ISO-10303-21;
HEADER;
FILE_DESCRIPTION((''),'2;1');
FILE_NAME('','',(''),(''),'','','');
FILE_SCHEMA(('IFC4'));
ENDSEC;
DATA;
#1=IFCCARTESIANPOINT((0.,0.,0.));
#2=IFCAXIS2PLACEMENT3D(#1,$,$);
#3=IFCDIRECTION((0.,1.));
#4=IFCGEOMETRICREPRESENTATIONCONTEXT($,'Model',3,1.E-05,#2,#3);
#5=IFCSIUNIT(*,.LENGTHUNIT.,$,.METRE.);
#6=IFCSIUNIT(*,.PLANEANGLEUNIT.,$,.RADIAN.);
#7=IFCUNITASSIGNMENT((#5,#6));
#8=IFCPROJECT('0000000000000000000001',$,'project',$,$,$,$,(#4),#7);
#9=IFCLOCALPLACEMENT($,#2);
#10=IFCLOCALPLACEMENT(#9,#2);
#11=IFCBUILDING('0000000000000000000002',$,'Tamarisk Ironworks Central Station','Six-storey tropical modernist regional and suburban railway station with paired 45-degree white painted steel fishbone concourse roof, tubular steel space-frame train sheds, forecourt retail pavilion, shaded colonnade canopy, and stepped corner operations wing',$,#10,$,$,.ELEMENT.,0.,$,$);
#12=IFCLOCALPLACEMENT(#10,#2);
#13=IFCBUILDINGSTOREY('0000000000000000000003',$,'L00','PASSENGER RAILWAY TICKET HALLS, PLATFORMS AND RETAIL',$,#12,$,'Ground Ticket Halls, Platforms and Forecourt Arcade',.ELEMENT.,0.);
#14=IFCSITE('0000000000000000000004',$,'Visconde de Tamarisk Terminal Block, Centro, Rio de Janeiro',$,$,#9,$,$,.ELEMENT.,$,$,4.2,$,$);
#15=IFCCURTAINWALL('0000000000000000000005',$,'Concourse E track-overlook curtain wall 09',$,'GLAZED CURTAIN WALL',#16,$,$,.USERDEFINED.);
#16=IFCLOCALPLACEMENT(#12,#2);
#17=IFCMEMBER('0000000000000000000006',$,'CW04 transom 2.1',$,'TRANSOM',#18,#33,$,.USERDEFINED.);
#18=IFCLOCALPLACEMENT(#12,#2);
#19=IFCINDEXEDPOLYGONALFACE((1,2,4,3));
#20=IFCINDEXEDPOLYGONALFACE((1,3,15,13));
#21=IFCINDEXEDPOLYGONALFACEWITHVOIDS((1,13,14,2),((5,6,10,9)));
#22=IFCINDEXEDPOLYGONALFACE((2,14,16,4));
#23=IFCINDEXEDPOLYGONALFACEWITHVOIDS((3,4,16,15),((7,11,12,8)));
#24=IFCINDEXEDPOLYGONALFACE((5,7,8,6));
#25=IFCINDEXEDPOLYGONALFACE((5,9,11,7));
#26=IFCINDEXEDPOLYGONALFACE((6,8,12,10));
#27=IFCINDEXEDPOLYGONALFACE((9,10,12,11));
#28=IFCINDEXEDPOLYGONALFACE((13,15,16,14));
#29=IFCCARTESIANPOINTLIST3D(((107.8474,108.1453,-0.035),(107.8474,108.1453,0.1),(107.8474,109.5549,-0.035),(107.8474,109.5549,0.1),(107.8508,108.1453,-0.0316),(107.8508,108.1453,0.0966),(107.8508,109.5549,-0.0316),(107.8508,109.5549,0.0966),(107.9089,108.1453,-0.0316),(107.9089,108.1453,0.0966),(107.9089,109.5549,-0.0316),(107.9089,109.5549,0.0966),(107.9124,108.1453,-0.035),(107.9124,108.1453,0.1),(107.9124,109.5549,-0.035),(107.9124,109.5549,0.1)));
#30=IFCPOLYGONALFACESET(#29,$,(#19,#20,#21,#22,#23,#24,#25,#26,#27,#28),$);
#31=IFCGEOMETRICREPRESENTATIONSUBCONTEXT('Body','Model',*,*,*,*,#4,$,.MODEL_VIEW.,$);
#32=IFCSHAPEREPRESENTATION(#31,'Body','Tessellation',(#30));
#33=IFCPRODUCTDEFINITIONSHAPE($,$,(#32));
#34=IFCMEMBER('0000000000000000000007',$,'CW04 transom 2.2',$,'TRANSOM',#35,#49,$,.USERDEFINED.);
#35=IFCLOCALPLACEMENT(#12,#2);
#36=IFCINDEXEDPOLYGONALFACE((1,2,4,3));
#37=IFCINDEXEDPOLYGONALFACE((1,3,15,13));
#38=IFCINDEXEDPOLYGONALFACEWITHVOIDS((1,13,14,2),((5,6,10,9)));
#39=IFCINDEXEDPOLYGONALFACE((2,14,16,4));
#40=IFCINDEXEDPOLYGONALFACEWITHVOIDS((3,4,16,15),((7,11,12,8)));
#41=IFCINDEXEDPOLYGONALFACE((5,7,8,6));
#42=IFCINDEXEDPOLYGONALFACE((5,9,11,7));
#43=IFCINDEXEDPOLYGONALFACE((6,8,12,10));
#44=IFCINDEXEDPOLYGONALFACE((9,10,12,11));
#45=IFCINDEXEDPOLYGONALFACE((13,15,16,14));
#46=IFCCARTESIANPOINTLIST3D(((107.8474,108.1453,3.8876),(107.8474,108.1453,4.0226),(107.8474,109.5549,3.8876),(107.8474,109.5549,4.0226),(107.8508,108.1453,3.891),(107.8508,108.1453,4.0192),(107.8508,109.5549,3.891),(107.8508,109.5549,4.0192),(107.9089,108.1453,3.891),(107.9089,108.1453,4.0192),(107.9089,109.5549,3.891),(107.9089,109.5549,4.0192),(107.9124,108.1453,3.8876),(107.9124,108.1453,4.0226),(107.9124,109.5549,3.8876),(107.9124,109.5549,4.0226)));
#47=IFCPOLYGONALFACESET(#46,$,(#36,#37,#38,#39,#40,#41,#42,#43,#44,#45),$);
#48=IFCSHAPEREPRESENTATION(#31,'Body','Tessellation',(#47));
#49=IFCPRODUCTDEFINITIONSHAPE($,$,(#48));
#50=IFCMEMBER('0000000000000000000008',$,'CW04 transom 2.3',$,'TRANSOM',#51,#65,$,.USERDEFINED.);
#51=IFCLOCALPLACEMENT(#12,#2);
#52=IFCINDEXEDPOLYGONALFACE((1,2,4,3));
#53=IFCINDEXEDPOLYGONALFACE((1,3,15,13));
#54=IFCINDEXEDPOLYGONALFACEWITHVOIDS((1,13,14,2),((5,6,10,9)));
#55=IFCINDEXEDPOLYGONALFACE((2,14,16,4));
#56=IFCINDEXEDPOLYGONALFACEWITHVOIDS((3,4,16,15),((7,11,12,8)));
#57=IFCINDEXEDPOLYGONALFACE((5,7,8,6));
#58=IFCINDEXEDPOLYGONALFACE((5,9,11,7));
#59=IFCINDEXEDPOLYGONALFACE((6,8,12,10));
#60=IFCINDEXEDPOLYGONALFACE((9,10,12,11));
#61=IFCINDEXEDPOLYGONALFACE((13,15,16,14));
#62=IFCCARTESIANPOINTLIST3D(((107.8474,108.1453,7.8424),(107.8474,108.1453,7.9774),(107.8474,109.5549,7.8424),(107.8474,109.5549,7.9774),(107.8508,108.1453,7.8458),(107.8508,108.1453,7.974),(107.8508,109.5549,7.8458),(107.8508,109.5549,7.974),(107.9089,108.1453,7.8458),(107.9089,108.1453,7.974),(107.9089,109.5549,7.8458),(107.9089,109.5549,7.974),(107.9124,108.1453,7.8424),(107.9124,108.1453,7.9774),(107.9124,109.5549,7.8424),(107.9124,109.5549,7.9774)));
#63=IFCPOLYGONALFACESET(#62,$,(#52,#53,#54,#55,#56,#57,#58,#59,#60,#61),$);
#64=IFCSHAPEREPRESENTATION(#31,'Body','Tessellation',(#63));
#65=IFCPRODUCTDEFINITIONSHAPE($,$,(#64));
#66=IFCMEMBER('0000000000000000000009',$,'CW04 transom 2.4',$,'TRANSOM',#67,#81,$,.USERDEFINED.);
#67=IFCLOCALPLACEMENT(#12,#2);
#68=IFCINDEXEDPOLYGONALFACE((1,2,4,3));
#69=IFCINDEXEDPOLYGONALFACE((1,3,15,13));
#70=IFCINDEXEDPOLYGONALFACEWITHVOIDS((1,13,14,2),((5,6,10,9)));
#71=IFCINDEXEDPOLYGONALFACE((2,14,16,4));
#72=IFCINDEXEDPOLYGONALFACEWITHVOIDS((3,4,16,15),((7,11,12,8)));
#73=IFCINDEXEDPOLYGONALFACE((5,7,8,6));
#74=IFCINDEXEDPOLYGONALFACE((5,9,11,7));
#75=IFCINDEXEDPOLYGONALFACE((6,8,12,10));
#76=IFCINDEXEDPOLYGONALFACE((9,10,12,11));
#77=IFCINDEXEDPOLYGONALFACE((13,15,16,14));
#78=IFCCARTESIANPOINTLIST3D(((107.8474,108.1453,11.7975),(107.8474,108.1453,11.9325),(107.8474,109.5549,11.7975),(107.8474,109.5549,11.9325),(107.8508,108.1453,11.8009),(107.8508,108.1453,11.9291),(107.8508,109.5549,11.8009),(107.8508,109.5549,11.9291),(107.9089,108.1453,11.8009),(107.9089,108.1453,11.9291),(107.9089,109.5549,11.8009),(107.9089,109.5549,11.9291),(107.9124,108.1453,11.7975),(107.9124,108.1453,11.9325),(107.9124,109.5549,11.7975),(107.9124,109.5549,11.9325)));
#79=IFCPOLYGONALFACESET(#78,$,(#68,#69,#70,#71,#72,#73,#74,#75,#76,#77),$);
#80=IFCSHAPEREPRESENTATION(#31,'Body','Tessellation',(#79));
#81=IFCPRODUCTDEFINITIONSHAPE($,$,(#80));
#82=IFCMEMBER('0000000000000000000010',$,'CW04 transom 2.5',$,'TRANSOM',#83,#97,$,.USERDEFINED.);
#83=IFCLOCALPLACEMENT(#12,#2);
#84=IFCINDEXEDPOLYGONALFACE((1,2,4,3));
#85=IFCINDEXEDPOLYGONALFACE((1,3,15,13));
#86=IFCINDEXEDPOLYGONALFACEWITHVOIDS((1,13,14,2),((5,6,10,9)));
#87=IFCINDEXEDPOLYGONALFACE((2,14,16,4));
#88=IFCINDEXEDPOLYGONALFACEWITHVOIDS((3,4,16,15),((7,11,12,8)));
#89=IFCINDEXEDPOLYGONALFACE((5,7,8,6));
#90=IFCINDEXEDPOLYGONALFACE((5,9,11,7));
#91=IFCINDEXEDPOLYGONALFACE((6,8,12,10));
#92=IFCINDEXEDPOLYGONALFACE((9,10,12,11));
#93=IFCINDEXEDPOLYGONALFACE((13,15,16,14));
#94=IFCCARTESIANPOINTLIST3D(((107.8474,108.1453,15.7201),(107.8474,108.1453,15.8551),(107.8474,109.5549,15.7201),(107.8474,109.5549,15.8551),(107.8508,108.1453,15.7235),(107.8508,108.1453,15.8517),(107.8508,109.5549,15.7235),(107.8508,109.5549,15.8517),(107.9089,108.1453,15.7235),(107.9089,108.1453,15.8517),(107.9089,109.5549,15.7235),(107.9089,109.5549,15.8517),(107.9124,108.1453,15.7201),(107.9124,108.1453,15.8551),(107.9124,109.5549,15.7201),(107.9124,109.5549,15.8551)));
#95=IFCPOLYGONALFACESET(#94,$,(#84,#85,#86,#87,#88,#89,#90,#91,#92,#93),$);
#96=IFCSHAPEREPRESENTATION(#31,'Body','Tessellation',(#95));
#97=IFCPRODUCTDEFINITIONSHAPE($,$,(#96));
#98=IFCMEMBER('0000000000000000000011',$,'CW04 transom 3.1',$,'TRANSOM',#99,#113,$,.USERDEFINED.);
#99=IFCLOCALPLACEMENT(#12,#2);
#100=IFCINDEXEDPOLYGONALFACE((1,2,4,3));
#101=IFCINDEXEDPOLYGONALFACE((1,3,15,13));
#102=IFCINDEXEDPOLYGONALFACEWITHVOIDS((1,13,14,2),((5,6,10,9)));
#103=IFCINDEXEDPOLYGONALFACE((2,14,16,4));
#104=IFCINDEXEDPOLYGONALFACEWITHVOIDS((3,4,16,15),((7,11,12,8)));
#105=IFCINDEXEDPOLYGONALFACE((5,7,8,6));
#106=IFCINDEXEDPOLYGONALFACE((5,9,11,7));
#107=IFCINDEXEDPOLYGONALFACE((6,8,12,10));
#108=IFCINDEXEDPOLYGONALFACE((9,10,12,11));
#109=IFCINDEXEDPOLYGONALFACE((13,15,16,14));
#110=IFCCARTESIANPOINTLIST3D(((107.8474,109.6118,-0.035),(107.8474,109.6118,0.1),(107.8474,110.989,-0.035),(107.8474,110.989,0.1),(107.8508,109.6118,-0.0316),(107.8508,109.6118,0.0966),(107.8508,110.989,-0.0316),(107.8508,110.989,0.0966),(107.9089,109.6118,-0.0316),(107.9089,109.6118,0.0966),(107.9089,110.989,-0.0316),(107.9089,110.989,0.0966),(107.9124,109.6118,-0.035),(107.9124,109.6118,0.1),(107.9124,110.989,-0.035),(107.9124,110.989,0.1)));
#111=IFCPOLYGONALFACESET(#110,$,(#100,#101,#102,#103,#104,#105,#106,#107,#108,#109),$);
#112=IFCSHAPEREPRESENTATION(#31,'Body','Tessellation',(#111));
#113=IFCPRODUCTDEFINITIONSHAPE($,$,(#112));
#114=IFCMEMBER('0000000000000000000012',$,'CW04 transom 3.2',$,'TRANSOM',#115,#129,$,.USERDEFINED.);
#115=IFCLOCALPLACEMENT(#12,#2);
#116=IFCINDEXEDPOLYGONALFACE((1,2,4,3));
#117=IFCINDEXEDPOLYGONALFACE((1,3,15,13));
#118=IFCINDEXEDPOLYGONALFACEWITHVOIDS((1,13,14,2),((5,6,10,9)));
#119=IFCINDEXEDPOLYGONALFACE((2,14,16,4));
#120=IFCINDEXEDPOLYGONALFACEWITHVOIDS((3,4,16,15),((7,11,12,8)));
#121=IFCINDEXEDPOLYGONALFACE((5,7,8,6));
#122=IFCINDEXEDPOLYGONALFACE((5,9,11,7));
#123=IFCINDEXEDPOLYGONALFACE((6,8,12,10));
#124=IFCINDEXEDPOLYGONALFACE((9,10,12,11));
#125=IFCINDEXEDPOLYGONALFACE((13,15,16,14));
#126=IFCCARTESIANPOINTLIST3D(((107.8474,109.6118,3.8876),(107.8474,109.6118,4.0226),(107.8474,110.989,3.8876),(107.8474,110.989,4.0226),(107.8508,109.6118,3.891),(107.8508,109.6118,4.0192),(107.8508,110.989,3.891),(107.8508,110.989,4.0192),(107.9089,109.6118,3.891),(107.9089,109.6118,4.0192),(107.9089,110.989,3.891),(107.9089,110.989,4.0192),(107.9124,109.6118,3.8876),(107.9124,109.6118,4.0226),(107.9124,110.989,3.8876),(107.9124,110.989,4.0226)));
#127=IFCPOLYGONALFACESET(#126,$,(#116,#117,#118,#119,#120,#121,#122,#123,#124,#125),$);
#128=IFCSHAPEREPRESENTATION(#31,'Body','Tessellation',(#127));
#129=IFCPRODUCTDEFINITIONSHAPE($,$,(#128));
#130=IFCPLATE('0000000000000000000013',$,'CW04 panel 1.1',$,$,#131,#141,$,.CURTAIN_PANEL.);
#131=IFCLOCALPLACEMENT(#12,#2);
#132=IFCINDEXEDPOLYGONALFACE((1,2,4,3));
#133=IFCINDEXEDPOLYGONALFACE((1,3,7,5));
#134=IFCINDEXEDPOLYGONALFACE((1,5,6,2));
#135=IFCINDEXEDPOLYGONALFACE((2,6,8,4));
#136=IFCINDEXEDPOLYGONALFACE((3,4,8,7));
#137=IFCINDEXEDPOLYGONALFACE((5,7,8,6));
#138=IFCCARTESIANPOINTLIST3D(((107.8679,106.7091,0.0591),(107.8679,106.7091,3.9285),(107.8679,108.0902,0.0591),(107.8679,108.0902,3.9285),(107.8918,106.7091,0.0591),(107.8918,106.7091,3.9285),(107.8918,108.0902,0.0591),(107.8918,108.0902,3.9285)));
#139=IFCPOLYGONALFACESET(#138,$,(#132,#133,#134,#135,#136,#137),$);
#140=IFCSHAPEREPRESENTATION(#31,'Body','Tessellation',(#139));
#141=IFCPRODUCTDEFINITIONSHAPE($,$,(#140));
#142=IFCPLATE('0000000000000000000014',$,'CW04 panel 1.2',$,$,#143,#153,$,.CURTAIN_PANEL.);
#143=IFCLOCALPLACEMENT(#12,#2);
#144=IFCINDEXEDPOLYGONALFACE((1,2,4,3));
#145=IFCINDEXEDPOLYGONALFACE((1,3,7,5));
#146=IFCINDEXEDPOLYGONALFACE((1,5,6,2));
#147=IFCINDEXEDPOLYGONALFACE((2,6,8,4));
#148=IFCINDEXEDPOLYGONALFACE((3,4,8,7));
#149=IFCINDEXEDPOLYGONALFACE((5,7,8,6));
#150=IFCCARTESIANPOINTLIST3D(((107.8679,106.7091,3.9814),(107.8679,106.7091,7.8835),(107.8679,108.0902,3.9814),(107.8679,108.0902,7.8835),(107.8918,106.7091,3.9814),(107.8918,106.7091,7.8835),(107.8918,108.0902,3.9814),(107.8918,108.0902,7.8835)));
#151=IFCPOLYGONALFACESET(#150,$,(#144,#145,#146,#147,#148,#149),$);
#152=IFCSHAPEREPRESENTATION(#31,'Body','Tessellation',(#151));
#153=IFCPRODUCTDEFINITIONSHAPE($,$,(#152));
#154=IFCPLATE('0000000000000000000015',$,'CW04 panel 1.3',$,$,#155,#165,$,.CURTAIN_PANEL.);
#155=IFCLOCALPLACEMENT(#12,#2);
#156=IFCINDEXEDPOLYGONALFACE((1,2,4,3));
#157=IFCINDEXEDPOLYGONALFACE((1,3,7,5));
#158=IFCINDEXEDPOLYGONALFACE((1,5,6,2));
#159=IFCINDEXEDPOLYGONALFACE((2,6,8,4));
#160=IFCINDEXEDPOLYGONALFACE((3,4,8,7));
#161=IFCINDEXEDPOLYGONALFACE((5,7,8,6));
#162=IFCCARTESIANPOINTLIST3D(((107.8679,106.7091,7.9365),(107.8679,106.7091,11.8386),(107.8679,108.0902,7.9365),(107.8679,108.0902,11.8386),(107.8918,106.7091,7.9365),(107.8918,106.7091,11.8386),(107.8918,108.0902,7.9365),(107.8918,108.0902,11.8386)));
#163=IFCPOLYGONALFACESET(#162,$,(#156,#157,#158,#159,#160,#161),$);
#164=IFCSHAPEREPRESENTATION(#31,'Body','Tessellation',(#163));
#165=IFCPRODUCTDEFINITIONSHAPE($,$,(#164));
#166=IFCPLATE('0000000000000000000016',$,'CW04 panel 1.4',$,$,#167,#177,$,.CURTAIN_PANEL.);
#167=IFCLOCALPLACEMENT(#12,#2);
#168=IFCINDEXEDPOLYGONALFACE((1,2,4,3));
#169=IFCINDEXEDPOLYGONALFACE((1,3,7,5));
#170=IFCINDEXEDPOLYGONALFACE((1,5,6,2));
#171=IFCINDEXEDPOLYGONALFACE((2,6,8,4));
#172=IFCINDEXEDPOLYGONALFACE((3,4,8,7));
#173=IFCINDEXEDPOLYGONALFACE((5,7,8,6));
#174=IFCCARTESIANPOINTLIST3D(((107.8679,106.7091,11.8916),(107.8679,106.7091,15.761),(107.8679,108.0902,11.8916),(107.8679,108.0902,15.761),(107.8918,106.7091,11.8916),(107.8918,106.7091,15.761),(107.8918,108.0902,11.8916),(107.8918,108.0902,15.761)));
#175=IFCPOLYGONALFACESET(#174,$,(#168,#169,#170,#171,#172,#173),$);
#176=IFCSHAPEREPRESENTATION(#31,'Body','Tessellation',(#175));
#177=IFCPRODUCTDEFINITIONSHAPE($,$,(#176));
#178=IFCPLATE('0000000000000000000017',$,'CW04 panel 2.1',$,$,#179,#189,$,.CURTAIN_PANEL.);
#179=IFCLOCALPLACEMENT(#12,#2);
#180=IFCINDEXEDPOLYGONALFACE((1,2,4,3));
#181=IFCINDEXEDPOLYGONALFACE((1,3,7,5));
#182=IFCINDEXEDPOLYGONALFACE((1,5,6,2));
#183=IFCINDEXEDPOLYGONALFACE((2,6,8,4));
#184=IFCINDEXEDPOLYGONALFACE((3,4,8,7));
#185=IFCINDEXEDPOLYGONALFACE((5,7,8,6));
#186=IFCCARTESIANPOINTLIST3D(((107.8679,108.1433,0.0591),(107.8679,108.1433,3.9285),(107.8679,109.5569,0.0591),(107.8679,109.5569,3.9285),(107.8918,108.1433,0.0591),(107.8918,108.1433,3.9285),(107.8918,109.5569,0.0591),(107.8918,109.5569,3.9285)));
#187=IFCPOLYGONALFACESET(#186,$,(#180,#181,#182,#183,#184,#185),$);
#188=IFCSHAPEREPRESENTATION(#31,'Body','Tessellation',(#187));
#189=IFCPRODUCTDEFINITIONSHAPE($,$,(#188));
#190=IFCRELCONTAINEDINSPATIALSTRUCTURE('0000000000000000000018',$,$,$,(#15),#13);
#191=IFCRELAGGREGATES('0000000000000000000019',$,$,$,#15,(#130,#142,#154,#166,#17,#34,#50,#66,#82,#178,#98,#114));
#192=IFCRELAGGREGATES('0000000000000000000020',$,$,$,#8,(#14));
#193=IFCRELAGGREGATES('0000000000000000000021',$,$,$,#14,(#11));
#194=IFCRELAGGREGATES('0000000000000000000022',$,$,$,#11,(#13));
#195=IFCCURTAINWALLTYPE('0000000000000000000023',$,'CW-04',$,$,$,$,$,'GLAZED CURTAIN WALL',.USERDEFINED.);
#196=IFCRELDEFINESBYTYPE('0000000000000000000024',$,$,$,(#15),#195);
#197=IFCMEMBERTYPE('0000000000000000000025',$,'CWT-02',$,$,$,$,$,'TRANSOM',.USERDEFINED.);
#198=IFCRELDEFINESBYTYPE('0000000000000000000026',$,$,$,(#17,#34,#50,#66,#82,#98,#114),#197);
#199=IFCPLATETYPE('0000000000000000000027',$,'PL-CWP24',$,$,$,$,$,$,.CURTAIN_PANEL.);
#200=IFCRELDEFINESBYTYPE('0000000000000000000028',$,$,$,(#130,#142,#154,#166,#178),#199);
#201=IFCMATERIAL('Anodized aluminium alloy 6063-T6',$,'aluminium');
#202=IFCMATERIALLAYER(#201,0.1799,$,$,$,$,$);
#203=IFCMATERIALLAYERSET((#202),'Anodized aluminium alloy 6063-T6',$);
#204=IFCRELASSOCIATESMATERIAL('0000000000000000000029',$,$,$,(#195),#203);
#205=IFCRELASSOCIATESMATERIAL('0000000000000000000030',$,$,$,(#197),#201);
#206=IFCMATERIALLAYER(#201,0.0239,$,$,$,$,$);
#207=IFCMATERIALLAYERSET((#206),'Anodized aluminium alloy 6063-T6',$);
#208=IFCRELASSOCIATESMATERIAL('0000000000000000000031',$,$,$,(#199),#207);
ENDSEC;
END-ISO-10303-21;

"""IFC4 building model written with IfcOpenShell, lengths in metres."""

from ifc_helpers import new_model, si_unit, direction, frame, origin, origin_2d, place, context, subcontext, project, spatial, rectangle, hollow_rectangle, extrude, material, layer, layer_set, material_profile, profile_set, type_object, element, aggregate, save


model = new_model("IFC4")

# Units and contexts
model_context = context("Model", 3, precision=1e-05, world=origin(), true_north=direction((0.0, 1.0)))
body_context = subcontext(model_context, "Body", "Model", "MODEL_VIEW")
ifc_project = project(units=[si_unit("LENGTHUNIT", "METRE"), si_unit("PLANEANGLEUNIT", "RADIAN")], contexts=[model_context])

# Site, building, storey
site_placement = place(None, origin())
site = spatial("IfcSite", under=ifc_project, at=site_placement, Name="Visconde de Tamarisk Terminal Block, Centro, Rio de Janeiro", CompositionType="ELEMENT", RefElevation=4.2)
building_placement = place(site_placement, origin())
building = spatial("IfcBuilding", under=site, at=building_placement, Name="Tamarisk Ironworks Central Station", Description="Six-storey tropical modernist regional and suburban railway station with paired 45-degree white painted steel fishbone concourse roof, tubular steel space-frame train sheds, forecourt retail pavilion, shaded colonnade canopy, and stepped corner operations wing", CompositionType="ELEMENT", ElevationOfRefHeight=0.0)
storey_placement = place(building_placement, origin())
storey = spatial("IfcBuildingStorey", under=building, at=storey_placement, Name="L00", Description="PASSENGER RAILWAY TICKET HALLS, PLATFORMS AND RETAIL", LongName="Ground Ticket Halls, Platforms and Forecourt Arcade", CompositionType="ELEMENT", Elevation=0.0)

# Curtain wall, members, plates
ifc_material_1 = material(Name="Anodized aluminium alloy 6063-T6", Category="aluminium")
ifc_layer_1 = layer(ifc_material_1, 0.1799)
ifc_layer_set_1 = layer_set([ifc_layer_1], Name="Anodized aluminium alloy 6063-T6")
curtain_wall_type = type_object("IfcCurtainWallType", Name="CW-04", ElementType="GLAZED CURTAIN WALL", PredefinedType="USERDEFINED", material=ifc_layer_set_1)
curtain_wall_placement = place(storey_placement, origin())
curtain_wall = element("IfcCurtainWall", 1, at=curtain_wall_placement, inside=storey, type_object=curtain_wall_type, Name="Concourse E track-overlook curtain wall 09", ObjectType="GLAZED CURTAIN WALL", PredefinedType="USERDEFINED")
ifc_material_profile_1 = material_profile(ifc_material_1, hollow_rectangle(XDim=0.0649, YDim=0.135, WallThickness=0.0034, at=origin_2d()), Name="ALUM 135x65")
ifc_profile_set_1 = profile_set([ifc_material_profile_1], Name="Anodized aluminium alloy 6063-T6")
member_type_1 = type_object("IfcMemberType", Name="CWT-02", ElementType="TRANSOM", PredefinedType="USERDEFINED", material=ifc_profile_set_1)
member_1_placement = place(storey_placement, frame((107.8799, 108.1453, 0.0325), z_axis=(0.0, 1.0, 0.0), x_axis=(-1.0, 0.0, 0.0)))
member_1 = element("IfcMember", 2, at=member_1_placement, type_object=member_type_1, Name="CW04 transom 2.1", ObjectType="TRANSOM", PredefinedType="USERDEFINED", context=body_context, shape_type="SweptSolid", body=[
    extrude(hollow_rectangle(XDim=0.0649, YDim=0.135, WallThickness=0.0034, at=origin_2d()), origin(), (0.0, 0.0, 1.0), 1.4097),
])
member_2_placement = place(storey_placement, frame((107.8799, 108.1453, 3.9551), z_axis=(0.0, 1.0, 0.0), x_axis=(-1.0, 0.0, 0.0)))
member_2 = element("IfcMember", 3, at=member_2_placement, type_object=member_type_1, Name="CW04 transom 2.2", ObjectType="TRANSOM", PredefinedType="USERDEFINED", context=body_context, shape_type="SweptSolid", body=[
    extrude(hollow_rectangle(XDim=0.0649, YDim=0.135, WallThickness=0.0034, at=origin_2d()), origin(), (0.0, 0.0, 1.0), 1.4097),
])
member_3_placement = place(storey_placement, frame((107.8799, 108.1453, 7.9099), z_axis=(0.0, 1.0, 0.0), x_axis=(-1.0, 0.0, 0.0)))
member_3 = element("IfcMember", 4, at=member_3_placement, type_object=member_type_1, Name="CW04 transom 2.3", ObjectType="TRANSOM", PredefinedType="USERDEFINED", context=body_context, shape_type="SweptSolid", body=[
    extrude(hollow_rectangle(XDim=0.0649, YDim=0.135, WallThickness=0.0034, at=origin_2d()), origin(), (0.0, 0.0, 1.0), 1.4097),
])
member_4_placement = place(storey_placement, frame((107.8799, 108.1453, 11.865), z_axis=(0.0, 1.0, 0.0), x_axis=(-1.0, 0.0, 0.0)))
member_4 = element("IfcMember", 5, at=member_4_placement, type_object=member_type_1, Name="CW04 transom 2.4", ObjectType="TRANSOM", PredefinedType="USERDEFINED", context=body_context, shape_type="SweptSolid", body=[
    extrude(hollow_rectangle(XDim=0.0649, YDim=0.135, WallThickness=0.0034, at=origin_2d()), origin(), (0.0, 0.0, 1.0), 1.4097),
])
member_5_placement = place(storey_placement, frame((107.8799, 108.1453, 15.7876), z_axis=(0.0, 1.0, 0.0), x_axis=(-1.0, 0.0, 0.0)))
member_5 = element("IfcMember", 6, at=member_5_placement, type_object=member_type_1, Name="CW04 transom 2.5", ObjectType="TRANSOM", PredefinedType="USERDEFINED", context=body_context, shape_type="SweptSolid", body=[
    extrude(hollow_rectangle(XDim=0.0649, YDim=0.135, WallThickness=0.0034, at=origin_2d()), origin(), (0.0, 0.0, 1.0), 1.4097),
])
member_6_placement = place(storey_placement, frame((107.8799, 109.6118, 0.0325), z_axis=(0.0, 1.0, 0.0), x_axis=(-1.0, 0.0, 0.0)))
member_6 = element("IfcMember", 7, at=member_6_placement, type_object=member_type_1, Name="CW04 transom 3.1", ObjectType="TRANSOM", PredefinedType="USERDEFINED", context=body_context, shape_type="SweptSolid", body=[
    extrude(hollow_rectangle(XDim=0.0649, YDim=0.135, WallThickness=0.0034, at=origin_2d()), origin(), (0.0, 0.0, 1.0), 1.3772),
])
member_7_placement = place(storey_placement, frame((107.8799, 109.6118, 3.9551), z_axis=(0.0, 1.0, 0.0), x_axis=(-1.0, 0.0, 0.0)))
member_7 = element("IfcMember", 8, at=member_7_placement, type_object=member_type_1, Name="CW04 transom 3.2", ObjectType="TRANSOM", PredefinedType="USERDEFINED", context=body_context, shape_type="SweptSolid", body=[
    extrude(hollow_rectangle(XDim=0.0649, YDim=0.135, WallThickness=0.0034, at=origin_2d()), origin(), (0.0, 0.0, 1.0), 1.3772),
])
ifc_layer_2 = layer(ifc_material_1, 0.0239)
ifc_layer_set_2 = layer_set([ifc_layer_2], Name="Anodized aluminium alloy 6063-T6")
plate_type = type_object("IfcPlateType", Name="PL-CWP24", PredefinedType="CURTAIN_PANEL", material=ifc_layer_set_2)
plate_1_placement = place(storey_placement, frame((107.8799, 107.3997, 0.0591), z_axis=(0.0, 0.0, 1.0), x_axis=(0.0, 1.0, 0.0)))
plate_1 = element("IfcPlate", 9, at=plate_1_placement, type_object=plate_type, Name="CW04 panel 1.1", PredefinedType="CURTAIN_PANEL", context=body_context, shape_type="SweptSolid", body=[
    extrude(rectangle(XDim=1.3811, YDim=0.0239, at=origin_2d()), origin(), (0.0, 0.0, 1.0), 3.8694),
])
plate_2_placement = place(storey_placement, frame((107.8799, 107.3997, 3.9814), z_axis=(0.0, 0.0, 1.0), x_axis=(0.0, 1.0, 0.0)))
plate_2 = element("IfcPlate", 10, at=plate_2_placement, type_object=plate_type, Name="CW04 panel 1.2", PredefinedType="CURTAIN_PANEL", context=body_context, shape_type="SweptSolid", body=[
    extrude(rectangle(XDim=1.3811, YDim=0.0239, at=origin_2d()), origin(), (0.0, 0.0, 1.0), 3.9021),
])
plate_3_placement = place(storey_placement, frame((107.8799, 107.3997, 7.9365), z_axis=(0.0, 0.0, 1.0), x_axis=(0.0, 1.0, 0.0)))
plate_3 = element("IfcPlate", 11, at=plate_3_placement, type_object=plate_type, Name="CW04 panel 1.3", PredefinedType="CURTAIN_PANEL", context=body_context, shape_type="SweptSolid", body=[
    extrude(rectangle(XDim=1.3811, YDim=0.0239, at=origin_2d()), origin(), (0.0, 0.0, 1.0), 3.9021),
])
plate_4_placement = place(storey_placement, frame((107.8799, 107.3997, 11.8916), z_axis=(0.0, 0.0, 1.0), x_axis=(0.0, 1.0, 0.0)))
plate_4 = element("IfcPlate", 12, at=plate_4_placement, type_object=plate_type, Name="CW04 panel 1.4", PredefinedType="CURTAIN_PANEL", context=body_context, shape_type="SweptSolid", body=[
    extrude(rectangle(XDim=1.3811, YDim=0.0239, at=origin_2d()), origin(), (0.0, 0.0, 1.0), 3.8694),
])
plate_5_placement = place(storey_placement, frame((107.8799, 108.8501, 0.0591), z_axis=(0.0, 0.0, 1.0), x_axis=(0.0, 1.0, 0.0)))
plate_5 = element("IfcPlate", 13, at=plate_5_placement, type_object=plate_type, Name="CW04 panel 2.1", PredefinedType="CURTAIN_PANEL", context=body_context, shape_type="SweptSolid", body=[
    extrude(rectangle(XDim=1.4136, YDim=0.0239, at=origin_2d()), origin(), (0.0, 0.0, 1.0), 3.8694),
])
aggregate(curtain_wall, [plate_1, plate_2, plate_3, plate_4, member_1, member_2, member_3, member_4, member_5, plate_5, member_6, member_7])

save(model, "model.ifc")
